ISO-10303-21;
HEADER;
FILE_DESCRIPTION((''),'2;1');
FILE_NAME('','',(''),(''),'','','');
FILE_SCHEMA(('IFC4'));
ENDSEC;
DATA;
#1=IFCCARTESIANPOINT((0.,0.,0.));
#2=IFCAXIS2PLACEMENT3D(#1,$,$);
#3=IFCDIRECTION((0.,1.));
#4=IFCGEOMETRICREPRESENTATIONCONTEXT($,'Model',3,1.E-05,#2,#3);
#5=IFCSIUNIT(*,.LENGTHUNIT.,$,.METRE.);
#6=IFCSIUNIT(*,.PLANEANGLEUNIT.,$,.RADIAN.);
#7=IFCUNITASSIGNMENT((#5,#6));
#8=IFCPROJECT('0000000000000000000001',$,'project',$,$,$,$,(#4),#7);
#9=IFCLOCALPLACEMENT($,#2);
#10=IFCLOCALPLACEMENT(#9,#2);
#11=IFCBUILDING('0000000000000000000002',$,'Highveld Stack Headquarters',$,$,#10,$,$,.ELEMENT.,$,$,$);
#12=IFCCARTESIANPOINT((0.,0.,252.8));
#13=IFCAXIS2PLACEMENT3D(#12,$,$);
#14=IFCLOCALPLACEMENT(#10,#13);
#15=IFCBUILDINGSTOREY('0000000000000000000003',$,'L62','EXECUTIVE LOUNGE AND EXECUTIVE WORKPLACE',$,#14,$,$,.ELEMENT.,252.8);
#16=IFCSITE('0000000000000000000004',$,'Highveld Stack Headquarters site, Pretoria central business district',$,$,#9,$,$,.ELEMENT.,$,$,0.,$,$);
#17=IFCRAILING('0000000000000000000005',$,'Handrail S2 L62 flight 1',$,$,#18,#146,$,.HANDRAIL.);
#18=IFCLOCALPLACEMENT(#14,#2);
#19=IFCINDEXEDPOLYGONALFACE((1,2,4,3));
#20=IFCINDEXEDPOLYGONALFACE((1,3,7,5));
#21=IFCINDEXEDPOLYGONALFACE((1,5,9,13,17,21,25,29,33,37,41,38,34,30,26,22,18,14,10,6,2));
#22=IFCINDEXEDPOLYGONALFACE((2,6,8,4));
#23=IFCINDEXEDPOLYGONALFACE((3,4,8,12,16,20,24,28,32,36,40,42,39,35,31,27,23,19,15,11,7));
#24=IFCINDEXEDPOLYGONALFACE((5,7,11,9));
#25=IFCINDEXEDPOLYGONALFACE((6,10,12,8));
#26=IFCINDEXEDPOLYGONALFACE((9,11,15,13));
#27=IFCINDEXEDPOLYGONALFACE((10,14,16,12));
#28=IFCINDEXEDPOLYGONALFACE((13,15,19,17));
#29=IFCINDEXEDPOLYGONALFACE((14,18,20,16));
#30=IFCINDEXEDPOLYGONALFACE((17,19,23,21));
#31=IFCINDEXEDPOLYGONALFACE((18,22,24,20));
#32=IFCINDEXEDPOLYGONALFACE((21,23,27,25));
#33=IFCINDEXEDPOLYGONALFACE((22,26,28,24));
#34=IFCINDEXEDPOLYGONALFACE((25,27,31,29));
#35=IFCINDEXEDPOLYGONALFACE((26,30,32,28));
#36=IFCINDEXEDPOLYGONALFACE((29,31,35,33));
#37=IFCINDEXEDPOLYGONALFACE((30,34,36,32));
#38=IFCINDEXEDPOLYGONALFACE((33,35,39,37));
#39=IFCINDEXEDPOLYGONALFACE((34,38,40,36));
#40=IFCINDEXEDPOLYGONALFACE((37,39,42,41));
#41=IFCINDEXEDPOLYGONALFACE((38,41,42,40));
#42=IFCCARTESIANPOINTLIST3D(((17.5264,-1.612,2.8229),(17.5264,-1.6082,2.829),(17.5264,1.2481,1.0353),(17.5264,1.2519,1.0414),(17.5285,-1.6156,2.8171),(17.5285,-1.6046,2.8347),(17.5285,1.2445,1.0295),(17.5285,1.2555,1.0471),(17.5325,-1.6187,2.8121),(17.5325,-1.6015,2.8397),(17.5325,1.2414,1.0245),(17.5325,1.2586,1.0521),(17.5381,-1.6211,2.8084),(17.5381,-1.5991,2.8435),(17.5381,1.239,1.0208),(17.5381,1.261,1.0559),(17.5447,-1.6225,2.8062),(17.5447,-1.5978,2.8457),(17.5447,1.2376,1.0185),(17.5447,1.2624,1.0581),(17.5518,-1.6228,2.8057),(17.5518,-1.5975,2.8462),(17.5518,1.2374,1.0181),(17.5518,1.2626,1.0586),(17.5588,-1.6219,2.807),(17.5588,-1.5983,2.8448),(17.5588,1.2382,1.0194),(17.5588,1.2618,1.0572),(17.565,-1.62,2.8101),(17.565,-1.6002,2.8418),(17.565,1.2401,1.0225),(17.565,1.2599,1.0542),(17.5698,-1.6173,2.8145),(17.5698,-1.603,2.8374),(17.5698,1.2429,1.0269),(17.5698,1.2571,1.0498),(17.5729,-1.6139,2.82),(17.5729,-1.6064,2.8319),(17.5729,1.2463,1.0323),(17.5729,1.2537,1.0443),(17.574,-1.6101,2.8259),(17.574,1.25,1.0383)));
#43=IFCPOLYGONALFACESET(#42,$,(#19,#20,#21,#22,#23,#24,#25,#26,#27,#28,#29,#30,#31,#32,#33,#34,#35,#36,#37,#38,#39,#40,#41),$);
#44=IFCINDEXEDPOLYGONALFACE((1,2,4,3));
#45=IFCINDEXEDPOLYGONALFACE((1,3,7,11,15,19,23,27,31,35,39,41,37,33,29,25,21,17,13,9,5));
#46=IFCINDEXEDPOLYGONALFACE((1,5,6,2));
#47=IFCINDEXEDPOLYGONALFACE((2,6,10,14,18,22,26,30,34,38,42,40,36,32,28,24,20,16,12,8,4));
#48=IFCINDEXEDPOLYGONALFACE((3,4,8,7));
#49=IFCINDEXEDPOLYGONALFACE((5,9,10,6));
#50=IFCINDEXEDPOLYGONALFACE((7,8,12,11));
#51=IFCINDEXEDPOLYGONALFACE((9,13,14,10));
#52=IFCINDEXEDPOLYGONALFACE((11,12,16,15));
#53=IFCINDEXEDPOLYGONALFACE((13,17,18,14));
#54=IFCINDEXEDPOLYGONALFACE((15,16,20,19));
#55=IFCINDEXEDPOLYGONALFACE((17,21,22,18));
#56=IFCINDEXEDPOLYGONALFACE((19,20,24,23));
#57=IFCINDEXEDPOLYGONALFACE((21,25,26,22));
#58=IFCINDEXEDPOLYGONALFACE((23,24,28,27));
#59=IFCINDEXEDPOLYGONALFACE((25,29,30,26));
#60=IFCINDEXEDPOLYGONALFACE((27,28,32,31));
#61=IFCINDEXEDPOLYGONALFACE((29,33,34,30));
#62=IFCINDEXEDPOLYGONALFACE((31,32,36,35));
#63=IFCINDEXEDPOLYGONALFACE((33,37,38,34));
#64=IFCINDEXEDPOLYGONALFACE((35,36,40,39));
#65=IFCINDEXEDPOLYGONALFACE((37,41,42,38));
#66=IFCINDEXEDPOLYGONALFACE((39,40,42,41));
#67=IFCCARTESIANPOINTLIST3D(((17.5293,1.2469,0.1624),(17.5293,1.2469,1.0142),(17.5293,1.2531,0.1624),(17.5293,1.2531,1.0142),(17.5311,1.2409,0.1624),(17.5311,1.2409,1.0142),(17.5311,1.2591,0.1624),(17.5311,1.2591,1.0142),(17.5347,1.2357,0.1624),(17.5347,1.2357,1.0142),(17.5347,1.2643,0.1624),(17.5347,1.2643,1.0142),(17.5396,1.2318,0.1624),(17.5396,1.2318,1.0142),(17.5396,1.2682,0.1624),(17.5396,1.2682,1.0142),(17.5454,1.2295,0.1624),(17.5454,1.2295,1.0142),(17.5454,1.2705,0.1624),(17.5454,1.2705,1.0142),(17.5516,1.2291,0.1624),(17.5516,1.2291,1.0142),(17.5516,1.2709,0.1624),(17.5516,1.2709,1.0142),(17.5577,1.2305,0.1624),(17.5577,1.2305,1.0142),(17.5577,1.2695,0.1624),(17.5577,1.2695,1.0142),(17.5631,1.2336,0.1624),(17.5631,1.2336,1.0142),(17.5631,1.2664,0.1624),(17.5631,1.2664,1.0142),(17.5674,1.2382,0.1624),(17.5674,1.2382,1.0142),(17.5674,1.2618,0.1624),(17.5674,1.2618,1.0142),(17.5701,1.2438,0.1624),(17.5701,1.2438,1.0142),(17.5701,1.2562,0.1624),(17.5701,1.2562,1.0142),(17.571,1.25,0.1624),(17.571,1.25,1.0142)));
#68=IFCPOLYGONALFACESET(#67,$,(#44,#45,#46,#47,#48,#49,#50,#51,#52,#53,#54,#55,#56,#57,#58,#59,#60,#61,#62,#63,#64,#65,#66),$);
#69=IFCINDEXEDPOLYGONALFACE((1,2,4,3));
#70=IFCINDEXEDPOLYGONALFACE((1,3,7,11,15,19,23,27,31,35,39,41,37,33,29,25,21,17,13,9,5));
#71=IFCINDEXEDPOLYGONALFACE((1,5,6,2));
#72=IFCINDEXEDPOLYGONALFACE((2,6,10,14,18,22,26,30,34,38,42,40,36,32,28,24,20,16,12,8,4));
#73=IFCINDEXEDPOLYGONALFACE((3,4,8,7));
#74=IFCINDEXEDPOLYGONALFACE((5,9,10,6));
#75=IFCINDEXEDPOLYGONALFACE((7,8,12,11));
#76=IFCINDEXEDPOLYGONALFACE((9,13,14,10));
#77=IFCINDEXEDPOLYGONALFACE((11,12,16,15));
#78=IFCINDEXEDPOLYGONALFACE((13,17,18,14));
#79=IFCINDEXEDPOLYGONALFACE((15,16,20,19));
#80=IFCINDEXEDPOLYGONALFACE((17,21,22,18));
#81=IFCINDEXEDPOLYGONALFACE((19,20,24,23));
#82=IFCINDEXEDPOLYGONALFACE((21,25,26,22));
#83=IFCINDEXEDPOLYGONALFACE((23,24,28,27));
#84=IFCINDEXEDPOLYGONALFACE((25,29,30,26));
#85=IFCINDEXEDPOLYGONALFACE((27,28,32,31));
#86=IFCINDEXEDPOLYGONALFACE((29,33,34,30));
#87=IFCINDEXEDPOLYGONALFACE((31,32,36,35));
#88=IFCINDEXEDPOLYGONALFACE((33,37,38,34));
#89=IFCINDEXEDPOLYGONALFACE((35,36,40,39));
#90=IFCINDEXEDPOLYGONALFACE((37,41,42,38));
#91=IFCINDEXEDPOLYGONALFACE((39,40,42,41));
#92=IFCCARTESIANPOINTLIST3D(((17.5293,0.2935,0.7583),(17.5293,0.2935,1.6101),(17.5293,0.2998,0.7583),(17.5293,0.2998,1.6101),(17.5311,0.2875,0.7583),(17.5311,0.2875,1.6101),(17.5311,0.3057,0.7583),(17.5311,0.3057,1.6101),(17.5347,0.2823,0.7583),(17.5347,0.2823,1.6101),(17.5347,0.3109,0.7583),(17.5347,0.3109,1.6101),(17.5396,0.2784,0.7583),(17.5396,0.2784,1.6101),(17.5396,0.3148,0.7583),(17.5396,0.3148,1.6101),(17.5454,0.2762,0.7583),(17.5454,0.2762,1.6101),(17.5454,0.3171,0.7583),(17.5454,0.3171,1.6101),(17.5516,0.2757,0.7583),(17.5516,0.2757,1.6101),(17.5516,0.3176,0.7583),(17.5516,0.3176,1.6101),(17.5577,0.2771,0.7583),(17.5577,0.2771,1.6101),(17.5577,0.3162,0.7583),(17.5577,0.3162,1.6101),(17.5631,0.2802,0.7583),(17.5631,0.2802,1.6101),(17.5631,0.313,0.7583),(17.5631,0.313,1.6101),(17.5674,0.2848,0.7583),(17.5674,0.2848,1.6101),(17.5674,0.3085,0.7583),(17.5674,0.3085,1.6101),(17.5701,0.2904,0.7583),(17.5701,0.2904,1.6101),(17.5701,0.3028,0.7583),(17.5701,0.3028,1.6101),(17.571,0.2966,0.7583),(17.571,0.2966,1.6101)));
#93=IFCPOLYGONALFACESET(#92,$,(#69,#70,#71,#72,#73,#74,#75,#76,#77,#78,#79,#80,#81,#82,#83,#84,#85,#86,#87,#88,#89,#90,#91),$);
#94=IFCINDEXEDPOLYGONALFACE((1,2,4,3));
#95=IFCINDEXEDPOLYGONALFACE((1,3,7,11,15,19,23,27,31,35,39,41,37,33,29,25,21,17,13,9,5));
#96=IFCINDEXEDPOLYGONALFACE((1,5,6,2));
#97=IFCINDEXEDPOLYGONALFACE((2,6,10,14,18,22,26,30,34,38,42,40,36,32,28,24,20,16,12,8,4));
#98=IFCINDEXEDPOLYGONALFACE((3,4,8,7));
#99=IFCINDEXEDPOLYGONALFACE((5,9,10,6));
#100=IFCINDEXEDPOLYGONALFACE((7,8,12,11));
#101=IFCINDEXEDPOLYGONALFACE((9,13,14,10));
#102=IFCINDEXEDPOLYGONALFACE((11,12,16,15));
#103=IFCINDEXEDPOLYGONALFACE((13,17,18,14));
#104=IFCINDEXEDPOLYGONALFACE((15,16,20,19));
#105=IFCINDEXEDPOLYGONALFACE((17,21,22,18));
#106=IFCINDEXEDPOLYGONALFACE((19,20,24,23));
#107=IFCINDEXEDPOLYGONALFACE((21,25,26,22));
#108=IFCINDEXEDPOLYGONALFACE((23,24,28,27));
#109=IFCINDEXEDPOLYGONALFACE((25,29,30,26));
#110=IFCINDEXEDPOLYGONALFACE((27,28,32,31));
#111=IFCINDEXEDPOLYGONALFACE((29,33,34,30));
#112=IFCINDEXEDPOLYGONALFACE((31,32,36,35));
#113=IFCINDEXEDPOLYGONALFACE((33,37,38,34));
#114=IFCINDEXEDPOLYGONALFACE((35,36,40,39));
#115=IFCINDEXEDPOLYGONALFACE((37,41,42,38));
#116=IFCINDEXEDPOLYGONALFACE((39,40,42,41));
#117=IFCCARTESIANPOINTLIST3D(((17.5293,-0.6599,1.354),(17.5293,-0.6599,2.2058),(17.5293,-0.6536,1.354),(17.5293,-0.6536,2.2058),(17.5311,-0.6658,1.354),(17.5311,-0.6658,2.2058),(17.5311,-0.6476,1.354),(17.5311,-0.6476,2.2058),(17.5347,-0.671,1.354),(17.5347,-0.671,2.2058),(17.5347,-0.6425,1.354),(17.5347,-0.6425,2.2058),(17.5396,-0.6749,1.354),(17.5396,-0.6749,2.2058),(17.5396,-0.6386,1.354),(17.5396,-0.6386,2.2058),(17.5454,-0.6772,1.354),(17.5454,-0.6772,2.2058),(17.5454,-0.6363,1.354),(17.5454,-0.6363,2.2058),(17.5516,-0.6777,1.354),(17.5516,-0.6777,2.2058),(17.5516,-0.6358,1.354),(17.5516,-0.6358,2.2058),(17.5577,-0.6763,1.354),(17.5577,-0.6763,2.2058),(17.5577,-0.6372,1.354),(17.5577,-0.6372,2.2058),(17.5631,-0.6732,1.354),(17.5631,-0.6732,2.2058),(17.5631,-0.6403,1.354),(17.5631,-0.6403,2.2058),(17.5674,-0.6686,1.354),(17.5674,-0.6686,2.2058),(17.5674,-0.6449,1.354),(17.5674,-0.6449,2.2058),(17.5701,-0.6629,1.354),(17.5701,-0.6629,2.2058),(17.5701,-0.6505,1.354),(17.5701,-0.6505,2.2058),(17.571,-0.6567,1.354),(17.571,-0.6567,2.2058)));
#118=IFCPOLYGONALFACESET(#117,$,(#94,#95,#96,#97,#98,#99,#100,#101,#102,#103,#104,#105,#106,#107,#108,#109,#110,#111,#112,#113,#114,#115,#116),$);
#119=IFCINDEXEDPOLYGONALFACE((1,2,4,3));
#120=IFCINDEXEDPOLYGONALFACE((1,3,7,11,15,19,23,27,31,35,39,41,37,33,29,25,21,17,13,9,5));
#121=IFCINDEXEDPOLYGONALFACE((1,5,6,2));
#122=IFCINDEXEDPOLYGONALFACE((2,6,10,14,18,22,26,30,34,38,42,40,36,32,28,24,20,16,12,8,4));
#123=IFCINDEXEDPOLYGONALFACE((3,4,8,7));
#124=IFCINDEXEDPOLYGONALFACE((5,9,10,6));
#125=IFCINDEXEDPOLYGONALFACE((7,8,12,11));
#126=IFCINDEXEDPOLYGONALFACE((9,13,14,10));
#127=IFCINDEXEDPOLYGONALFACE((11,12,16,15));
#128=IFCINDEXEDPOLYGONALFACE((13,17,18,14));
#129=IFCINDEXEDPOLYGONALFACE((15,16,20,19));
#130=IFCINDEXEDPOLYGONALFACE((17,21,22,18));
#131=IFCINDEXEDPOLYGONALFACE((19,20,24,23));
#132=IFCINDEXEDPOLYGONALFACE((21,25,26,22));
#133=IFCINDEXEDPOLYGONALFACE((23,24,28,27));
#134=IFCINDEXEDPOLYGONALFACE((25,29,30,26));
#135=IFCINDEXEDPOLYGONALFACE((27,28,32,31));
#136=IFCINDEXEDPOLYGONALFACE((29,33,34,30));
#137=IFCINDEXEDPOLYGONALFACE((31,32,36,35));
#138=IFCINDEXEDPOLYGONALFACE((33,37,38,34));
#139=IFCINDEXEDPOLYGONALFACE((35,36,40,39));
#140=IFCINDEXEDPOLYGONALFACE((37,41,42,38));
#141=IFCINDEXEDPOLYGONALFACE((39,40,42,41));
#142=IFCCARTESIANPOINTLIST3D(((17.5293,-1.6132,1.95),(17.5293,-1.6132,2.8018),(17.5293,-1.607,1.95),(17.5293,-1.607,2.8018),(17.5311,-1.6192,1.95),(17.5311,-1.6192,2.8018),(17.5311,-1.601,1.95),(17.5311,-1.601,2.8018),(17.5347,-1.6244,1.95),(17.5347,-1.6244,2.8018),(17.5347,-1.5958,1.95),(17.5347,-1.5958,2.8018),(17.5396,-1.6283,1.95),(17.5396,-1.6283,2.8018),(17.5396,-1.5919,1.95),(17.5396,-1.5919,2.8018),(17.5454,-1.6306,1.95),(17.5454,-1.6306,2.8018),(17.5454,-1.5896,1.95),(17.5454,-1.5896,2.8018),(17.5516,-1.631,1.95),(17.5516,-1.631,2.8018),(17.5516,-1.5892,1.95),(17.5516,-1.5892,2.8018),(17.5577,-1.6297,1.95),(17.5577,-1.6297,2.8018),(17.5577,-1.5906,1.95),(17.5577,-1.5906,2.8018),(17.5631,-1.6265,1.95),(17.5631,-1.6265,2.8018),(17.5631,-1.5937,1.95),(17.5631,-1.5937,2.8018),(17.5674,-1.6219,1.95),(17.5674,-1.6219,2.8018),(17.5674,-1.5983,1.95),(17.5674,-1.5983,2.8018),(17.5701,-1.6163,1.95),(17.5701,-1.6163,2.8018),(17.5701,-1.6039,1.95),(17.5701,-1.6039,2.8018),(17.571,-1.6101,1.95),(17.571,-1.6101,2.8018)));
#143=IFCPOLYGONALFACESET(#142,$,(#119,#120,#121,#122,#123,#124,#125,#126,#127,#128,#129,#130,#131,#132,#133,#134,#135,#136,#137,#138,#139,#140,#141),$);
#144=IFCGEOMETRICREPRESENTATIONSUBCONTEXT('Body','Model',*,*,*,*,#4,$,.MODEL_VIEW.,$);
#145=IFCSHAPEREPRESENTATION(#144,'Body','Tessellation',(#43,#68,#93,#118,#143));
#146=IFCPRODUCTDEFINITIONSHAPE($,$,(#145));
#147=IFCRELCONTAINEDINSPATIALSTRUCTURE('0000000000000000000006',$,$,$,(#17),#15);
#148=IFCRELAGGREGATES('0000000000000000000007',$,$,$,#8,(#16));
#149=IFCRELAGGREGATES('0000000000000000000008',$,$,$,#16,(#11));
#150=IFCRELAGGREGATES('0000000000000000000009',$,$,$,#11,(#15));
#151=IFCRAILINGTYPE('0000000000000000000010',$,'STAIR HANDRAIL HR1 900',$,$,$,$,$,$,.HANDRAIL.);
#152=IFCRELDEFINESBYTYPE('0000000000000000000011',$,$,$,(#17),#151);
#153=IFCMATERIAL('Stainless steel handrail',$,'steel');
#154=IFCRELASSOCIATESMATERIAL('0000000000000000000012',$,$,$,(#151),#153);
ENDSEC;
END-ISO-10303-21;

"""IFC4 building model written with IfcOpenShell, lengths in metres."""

from ifc_helpers import new_model, si_unit, direction, frame, origin, origin_2d, place, context, subcontext, project, spatial, circle, extrude, material, type_object, element, save


model = new_model("IFC4")

# Units and contexts
model_context = context("Model", 3, precision=1e-05, world=origin(), true_north=direction((0.0, 1.0)))
body_context = subcontext(model_context, "Body", "Model", "MODEL_VIEW")
ifc_project = project(units=[si_unit("LENGTHUNIT", "METRE"), si_unit("PLANEANGLEUNIT", "RADIAN")], contexts=[model_context])

# Site, building, storey
site_placement = place(None, origin())
site = spatial("IfcSite", under=ifc_project, at=site_placement, Name="Highveld Stack Headquarters site, Pretoria central business district", CompositionType="ELEMENT", RefElevation=0.0)
building_placement = place(site_placement, origin())
building = spatial("IfcBuilding", under=site, at=building_placement, Name="Highveld Stack Headquarters", CompositionType="ELEMENT")
storey_placement = place(building_placement, frame((0.0, 0.0, 252.8)))
storey = spatial("IfcBuildingStorey", under=building, at=storey_placement, Name="L62", Description="EXECUTIVE LOUNGE AND EXECUTIVE WORKPLACE", CompositionType="ELEMENT", Elevation=252.8)

# Railing
ifc_material_1 = material(Name="Stainless steel handrail", Category="steel")
railing_type = type_object("IfcRailingType", Name="STAIR HANDRAIL HR1 900", PredefinedType="HANDRAIL", material=ifc_material_1)
for number, where, name in (
    (1, (17.55, 1.25, 0.1624), "Handrail S2 L62 flight 1"),
):
    element("IfcRailing", number, at=place(storey_placement, frame(where)), inside=storey, type_object=railing_type, Name=name, PredefinedType="HANDRAIL", context=body_context, shape_type="SweptSolid", body=[
        extrude(circle(Radius=0.0239, at=origin_2d()), frame((0.0, 0.0, 0.876), z_axis=(0.0, -0.847994, 0.530005), x_axis=(1.0, 0.0, 0.0)), (0.0, 0.0, 1.0), 3.3728),
        extrude(circle(Radius=0.021, at=origin_2d()), origin(), (0.0, 0.0, 1.0), 0.8518),
        extrude(circle(Radius=0.021, at=origin_2d()), frame((0.0, -0.9534, 0.5959)), (0.0, 0.0, 1.0), 0.8518),
        extrude(circle(Radius=0.021, at=origin_2d()), frame((0.0, -1.9067, 1.1917)), (0.0, 0.0, 1.0), 0.8518),
        extrude(circle(Radius=0.021, at=origin_2d()), frame((0.0, -2.8601, 1.7876)), (0.0, 0.0, 1.0), 0.8518),
    ])

save(model, "model.ifc")
